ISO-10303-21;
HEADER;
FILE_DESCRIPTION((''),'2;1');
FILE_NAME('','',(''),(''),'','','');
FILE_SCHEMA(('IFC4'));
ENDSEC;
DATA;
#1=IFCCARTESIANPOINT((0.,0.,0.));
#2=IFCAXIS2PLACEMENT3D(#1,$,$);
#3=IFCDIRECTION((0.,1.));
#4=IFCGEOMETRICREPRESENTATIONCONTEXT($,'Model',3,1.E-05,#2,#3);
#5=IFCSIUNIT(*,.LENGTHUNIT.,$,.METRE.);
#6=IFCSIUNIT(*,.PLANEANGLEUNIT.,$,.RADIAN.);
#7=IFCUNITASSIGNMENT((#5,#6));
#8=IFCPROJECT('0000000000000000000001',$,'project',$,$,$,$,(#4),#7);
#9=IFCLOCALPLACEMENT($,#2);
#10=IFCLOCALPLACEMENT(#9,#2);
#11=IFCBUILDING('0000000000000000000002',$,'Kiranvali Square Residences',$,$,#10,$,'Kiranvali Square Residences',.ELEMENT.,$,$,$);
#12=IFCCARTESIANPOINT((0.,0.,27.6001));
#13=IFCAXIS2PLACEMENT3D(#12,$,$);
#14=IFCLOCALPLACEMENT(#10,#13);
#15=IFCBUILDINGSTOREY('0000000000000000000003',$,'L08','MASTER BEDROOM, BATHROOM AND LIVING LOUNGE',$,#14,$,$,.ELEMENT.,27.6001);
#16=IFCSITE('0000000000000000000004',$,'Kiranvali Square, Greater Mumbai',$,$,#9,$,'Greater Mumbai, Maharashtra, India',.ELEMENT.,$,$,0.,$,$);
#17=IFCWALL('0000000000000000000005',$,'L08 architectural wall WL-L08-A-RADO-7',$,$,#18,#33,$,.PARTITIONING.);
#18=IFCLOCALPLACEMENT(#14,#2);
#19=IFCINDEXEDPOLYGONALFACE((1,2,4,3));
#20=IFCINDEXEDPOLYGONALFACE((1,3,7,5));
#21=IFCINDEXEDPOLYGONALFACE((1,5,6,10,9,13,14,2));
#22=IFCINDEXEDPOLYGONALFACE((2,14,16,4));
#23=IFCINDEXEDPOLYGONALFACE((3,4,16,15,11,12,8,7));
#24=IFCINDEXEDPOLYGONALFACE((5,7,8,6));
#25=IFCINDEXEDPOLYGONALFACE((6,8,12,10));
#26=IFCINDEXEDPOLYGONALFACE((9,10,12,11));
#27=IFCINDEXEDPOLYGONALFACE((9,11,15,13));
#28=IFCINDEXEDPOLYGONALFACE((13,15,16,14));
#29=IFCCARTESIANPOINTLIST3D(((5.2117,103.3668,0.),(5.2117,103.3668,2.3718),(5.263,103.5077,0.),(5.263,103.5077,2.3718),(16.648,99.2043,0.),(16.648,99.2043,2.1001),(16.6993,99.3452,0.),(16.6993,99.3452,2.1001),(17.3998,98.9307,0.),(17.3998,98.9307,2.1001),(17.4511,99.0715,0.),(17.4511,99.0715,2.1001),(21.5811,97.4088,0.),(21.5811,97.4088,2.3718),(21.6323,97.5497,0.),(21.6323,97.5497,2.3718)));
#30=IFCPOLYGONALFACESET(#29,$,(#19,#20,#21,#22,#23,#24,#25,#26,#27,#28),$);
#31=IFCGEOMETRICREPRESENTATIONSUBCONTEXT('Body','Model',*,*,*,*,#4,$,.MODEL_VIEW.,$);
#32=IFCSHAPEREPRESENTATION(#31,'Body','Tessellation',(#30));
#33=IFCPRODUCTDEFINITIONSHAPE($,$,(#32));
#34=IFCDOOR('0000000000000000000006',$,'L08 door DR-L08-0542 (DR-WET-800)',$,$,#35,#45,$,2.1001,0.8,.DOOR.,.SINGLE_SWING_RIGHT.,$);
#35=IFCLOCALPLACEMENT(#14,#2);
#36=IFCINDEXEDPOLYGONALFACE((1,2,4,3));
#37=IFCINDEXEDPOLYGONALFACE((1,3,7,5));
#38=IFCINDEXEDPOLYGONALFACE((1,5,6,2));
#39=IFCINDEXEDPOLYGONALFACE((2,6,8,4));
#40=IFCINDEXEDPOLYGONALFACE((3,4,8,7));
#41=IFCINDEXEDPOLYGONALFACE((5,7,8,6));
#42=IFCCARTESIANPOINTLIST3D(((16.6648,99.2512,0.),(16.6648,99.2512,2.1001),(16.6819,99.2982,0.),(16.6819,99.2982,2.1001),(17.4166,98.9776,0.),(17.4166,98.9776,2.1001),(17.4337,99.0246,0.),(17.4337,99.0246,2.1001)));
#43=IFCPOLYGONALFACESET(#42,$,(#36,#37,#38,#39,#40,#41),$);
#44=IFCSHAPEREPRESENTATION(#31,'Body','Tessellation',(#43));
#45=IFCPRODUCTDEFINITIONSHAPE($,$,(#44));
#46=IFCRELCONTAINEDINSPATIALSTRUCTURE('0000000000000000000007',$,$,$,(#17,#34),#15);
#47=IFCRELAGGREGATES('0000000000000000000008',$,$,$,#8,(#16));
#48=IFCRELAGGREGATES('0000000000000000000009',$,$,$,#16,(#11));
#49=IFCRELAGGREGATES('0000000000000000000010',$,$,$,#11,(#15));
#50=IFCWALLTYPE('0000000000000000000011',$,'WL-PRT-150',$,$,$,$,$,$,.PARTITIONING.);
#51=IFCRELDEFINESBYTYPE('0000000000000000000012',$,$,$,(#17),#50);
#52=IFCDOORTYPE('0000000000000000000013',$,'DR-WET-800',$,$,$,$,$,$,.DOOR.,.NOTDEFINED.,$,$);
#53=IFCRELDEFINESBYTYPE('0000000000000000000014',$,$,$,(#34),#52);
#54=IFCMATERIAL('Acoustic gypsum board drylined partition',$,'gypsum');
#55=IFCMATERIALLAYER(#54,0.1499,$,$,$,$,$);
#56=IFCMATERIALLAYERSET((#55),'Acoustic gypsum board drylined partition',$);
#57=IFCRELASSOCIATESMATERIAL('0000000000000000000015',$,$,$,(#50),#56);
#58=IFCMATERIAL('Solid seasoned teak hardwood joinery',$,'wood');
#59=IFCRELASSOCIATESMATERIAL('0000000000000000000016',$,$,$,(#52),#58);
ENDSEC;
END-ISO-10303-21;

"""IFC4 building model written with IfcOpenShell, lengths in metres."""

from ifc_helpers import new_model, si_unit, direction, frame, frame_2d, origin, place, context, subcontext, project, spatial, rectangle, extrude, material, layer, layer_set, type_object, element, fill, save


model = new_model("IFC4")

# Units and contexts
model_context = context("Model", 3, precision=1e-05, world=origin(), true_north=direction((0.0, 1.0)))
body_context = subcontext(model_context, "Body", "Model", "MODEL_VIEW")
ifc_project = project(units=[si_unit("LENGTHUNIT", "METRE"), si_unit("PLANEANGLEUNIT", "RADIAN")], contexts=[model_context])

# Site, building, storey
site_placement = place(None, origin())
site = spatial("IfcSite", under=ifc_project, at=site_placement, Name="Kiranvali Square, Greater Mumbai", LongName="Greater Mumbai, Maharashtra, India", CompositionType="ELEMENT", RefElevation=0.0)
building_placement = place(site_placement, origin())
building = spatial("IfcBuilding", under=site, at=building_placement, Name="Kiranvali Square Residences", LongName="Kiranvali Square Residences", CompositionType="ELEMENT")
storey_placement = place(building_placement, frame((0.0, 0.0, 27.6001)))
storey = spatial("IfcBuildingStorey", under=building, at=storey_placement, Name="L08", Description="MASTER BEDROOM, BATHROOM AND LIVING LOUNGE", CompositionType="ELEMENT", Elevation=27.6001)

# Wall, opening, door
ifc_material_1 = material(Name="Acoustic gypsum board drylined partition", Category="gypsum")
ifc_layer_1 = layer(ifc_material_1, 0.1499)
ifc_layer_set_1 = layer_set([ifc_layer_1], Name="Acoustic gypsum board drylined partition")
wall_type_1 = type_object("IfcWallType", Name="WL-PRT-150", PredefinedType="PARTITIONING", material=ifc_layer_set_1)
wall_1_placement = place(storey_placement, frame((21.6067, 97.4792, 0.0), z_axis=(0.0, 0.0, 1.0), x_axis=(-0.939692, 0.342022, 0.0)))
wall_1 = element("IfcWall", 1, at=wall_1_placement, inside=storey, type_object=wall_type_1, Name="L08 architectural wall WL-L08-A-RADO-7", PredefinedType="PARTITIONING", context=body_context, shape_type="SweptSolid", body=[
    extrude(rectangle(XDim=17.4199, YDim=0.1499, at=frame_2d((8.71, 0.0))), origin(), (0.0, 0.0, 1.0), 2.3718),
])
opening_1_placement = place(wall_1_placement, frame((4.4497, 0.0, 0.0)))
opening_1 = element("IfcOpeningElement", 2, at=opening_1_placement, cuts=wall_1, PredefinedType="OPENING", context=body_context, shape_type="SweptSolid", body=[
    extrude(rectangle(XDim=0.8, YDim=2.1001, at=frame_2d((0.3999, 1.05))), frame((0.0, 0.085, 0.0), z_axis=(0.0, -1.0, 0.0), x_axis=(1.0, 0.0, 0.0)), (0.0, 0.0, 1.0), 0.1699),
])
ifc_material_2 = material(Name="Solid seasoned teak hardwood joinery", Category="wood")
door_type_1 = type_object("IfcDoorType", Name="DR-WET-800", OperationType="NOTDEFINED", PredefinedType="DOOR", material=ifc_material_2)
door_1_placement = place(opening_1_placement, frame((0.8, 0.0, 0.0), z_axis=(0.0, 0.0, 1.0), x_axis=(-1.0, 0.0, 0.0)))
door_1 = element("IfcDoor", 3, at=door_1_placement, inside=storey, type_object=door_type_1, Name="L08 door DR-L08-0542 (DR-WET-800)", OperationType="SINGLE_SWING_RIGHT", OverallHeight=2.1001, OverallWidth=0.8, PredefinedType="DOOR", context=body_context, shape_type="SweptSolid", body=[
    extrude(rectangle(XDim=0.8, YDim=2.1001, at=frame_2d((0.3999, 1.05))), frame((0.0, 0.0249, 0.0), z_axis=(0.0, -1.0, 0.0), x_axis=(1.0, 0.0, 0.0)), (0.0, 0.0, 1.0), 0.05),
])
fill(opening_1, door_1)

save(model, "model.ifc")
